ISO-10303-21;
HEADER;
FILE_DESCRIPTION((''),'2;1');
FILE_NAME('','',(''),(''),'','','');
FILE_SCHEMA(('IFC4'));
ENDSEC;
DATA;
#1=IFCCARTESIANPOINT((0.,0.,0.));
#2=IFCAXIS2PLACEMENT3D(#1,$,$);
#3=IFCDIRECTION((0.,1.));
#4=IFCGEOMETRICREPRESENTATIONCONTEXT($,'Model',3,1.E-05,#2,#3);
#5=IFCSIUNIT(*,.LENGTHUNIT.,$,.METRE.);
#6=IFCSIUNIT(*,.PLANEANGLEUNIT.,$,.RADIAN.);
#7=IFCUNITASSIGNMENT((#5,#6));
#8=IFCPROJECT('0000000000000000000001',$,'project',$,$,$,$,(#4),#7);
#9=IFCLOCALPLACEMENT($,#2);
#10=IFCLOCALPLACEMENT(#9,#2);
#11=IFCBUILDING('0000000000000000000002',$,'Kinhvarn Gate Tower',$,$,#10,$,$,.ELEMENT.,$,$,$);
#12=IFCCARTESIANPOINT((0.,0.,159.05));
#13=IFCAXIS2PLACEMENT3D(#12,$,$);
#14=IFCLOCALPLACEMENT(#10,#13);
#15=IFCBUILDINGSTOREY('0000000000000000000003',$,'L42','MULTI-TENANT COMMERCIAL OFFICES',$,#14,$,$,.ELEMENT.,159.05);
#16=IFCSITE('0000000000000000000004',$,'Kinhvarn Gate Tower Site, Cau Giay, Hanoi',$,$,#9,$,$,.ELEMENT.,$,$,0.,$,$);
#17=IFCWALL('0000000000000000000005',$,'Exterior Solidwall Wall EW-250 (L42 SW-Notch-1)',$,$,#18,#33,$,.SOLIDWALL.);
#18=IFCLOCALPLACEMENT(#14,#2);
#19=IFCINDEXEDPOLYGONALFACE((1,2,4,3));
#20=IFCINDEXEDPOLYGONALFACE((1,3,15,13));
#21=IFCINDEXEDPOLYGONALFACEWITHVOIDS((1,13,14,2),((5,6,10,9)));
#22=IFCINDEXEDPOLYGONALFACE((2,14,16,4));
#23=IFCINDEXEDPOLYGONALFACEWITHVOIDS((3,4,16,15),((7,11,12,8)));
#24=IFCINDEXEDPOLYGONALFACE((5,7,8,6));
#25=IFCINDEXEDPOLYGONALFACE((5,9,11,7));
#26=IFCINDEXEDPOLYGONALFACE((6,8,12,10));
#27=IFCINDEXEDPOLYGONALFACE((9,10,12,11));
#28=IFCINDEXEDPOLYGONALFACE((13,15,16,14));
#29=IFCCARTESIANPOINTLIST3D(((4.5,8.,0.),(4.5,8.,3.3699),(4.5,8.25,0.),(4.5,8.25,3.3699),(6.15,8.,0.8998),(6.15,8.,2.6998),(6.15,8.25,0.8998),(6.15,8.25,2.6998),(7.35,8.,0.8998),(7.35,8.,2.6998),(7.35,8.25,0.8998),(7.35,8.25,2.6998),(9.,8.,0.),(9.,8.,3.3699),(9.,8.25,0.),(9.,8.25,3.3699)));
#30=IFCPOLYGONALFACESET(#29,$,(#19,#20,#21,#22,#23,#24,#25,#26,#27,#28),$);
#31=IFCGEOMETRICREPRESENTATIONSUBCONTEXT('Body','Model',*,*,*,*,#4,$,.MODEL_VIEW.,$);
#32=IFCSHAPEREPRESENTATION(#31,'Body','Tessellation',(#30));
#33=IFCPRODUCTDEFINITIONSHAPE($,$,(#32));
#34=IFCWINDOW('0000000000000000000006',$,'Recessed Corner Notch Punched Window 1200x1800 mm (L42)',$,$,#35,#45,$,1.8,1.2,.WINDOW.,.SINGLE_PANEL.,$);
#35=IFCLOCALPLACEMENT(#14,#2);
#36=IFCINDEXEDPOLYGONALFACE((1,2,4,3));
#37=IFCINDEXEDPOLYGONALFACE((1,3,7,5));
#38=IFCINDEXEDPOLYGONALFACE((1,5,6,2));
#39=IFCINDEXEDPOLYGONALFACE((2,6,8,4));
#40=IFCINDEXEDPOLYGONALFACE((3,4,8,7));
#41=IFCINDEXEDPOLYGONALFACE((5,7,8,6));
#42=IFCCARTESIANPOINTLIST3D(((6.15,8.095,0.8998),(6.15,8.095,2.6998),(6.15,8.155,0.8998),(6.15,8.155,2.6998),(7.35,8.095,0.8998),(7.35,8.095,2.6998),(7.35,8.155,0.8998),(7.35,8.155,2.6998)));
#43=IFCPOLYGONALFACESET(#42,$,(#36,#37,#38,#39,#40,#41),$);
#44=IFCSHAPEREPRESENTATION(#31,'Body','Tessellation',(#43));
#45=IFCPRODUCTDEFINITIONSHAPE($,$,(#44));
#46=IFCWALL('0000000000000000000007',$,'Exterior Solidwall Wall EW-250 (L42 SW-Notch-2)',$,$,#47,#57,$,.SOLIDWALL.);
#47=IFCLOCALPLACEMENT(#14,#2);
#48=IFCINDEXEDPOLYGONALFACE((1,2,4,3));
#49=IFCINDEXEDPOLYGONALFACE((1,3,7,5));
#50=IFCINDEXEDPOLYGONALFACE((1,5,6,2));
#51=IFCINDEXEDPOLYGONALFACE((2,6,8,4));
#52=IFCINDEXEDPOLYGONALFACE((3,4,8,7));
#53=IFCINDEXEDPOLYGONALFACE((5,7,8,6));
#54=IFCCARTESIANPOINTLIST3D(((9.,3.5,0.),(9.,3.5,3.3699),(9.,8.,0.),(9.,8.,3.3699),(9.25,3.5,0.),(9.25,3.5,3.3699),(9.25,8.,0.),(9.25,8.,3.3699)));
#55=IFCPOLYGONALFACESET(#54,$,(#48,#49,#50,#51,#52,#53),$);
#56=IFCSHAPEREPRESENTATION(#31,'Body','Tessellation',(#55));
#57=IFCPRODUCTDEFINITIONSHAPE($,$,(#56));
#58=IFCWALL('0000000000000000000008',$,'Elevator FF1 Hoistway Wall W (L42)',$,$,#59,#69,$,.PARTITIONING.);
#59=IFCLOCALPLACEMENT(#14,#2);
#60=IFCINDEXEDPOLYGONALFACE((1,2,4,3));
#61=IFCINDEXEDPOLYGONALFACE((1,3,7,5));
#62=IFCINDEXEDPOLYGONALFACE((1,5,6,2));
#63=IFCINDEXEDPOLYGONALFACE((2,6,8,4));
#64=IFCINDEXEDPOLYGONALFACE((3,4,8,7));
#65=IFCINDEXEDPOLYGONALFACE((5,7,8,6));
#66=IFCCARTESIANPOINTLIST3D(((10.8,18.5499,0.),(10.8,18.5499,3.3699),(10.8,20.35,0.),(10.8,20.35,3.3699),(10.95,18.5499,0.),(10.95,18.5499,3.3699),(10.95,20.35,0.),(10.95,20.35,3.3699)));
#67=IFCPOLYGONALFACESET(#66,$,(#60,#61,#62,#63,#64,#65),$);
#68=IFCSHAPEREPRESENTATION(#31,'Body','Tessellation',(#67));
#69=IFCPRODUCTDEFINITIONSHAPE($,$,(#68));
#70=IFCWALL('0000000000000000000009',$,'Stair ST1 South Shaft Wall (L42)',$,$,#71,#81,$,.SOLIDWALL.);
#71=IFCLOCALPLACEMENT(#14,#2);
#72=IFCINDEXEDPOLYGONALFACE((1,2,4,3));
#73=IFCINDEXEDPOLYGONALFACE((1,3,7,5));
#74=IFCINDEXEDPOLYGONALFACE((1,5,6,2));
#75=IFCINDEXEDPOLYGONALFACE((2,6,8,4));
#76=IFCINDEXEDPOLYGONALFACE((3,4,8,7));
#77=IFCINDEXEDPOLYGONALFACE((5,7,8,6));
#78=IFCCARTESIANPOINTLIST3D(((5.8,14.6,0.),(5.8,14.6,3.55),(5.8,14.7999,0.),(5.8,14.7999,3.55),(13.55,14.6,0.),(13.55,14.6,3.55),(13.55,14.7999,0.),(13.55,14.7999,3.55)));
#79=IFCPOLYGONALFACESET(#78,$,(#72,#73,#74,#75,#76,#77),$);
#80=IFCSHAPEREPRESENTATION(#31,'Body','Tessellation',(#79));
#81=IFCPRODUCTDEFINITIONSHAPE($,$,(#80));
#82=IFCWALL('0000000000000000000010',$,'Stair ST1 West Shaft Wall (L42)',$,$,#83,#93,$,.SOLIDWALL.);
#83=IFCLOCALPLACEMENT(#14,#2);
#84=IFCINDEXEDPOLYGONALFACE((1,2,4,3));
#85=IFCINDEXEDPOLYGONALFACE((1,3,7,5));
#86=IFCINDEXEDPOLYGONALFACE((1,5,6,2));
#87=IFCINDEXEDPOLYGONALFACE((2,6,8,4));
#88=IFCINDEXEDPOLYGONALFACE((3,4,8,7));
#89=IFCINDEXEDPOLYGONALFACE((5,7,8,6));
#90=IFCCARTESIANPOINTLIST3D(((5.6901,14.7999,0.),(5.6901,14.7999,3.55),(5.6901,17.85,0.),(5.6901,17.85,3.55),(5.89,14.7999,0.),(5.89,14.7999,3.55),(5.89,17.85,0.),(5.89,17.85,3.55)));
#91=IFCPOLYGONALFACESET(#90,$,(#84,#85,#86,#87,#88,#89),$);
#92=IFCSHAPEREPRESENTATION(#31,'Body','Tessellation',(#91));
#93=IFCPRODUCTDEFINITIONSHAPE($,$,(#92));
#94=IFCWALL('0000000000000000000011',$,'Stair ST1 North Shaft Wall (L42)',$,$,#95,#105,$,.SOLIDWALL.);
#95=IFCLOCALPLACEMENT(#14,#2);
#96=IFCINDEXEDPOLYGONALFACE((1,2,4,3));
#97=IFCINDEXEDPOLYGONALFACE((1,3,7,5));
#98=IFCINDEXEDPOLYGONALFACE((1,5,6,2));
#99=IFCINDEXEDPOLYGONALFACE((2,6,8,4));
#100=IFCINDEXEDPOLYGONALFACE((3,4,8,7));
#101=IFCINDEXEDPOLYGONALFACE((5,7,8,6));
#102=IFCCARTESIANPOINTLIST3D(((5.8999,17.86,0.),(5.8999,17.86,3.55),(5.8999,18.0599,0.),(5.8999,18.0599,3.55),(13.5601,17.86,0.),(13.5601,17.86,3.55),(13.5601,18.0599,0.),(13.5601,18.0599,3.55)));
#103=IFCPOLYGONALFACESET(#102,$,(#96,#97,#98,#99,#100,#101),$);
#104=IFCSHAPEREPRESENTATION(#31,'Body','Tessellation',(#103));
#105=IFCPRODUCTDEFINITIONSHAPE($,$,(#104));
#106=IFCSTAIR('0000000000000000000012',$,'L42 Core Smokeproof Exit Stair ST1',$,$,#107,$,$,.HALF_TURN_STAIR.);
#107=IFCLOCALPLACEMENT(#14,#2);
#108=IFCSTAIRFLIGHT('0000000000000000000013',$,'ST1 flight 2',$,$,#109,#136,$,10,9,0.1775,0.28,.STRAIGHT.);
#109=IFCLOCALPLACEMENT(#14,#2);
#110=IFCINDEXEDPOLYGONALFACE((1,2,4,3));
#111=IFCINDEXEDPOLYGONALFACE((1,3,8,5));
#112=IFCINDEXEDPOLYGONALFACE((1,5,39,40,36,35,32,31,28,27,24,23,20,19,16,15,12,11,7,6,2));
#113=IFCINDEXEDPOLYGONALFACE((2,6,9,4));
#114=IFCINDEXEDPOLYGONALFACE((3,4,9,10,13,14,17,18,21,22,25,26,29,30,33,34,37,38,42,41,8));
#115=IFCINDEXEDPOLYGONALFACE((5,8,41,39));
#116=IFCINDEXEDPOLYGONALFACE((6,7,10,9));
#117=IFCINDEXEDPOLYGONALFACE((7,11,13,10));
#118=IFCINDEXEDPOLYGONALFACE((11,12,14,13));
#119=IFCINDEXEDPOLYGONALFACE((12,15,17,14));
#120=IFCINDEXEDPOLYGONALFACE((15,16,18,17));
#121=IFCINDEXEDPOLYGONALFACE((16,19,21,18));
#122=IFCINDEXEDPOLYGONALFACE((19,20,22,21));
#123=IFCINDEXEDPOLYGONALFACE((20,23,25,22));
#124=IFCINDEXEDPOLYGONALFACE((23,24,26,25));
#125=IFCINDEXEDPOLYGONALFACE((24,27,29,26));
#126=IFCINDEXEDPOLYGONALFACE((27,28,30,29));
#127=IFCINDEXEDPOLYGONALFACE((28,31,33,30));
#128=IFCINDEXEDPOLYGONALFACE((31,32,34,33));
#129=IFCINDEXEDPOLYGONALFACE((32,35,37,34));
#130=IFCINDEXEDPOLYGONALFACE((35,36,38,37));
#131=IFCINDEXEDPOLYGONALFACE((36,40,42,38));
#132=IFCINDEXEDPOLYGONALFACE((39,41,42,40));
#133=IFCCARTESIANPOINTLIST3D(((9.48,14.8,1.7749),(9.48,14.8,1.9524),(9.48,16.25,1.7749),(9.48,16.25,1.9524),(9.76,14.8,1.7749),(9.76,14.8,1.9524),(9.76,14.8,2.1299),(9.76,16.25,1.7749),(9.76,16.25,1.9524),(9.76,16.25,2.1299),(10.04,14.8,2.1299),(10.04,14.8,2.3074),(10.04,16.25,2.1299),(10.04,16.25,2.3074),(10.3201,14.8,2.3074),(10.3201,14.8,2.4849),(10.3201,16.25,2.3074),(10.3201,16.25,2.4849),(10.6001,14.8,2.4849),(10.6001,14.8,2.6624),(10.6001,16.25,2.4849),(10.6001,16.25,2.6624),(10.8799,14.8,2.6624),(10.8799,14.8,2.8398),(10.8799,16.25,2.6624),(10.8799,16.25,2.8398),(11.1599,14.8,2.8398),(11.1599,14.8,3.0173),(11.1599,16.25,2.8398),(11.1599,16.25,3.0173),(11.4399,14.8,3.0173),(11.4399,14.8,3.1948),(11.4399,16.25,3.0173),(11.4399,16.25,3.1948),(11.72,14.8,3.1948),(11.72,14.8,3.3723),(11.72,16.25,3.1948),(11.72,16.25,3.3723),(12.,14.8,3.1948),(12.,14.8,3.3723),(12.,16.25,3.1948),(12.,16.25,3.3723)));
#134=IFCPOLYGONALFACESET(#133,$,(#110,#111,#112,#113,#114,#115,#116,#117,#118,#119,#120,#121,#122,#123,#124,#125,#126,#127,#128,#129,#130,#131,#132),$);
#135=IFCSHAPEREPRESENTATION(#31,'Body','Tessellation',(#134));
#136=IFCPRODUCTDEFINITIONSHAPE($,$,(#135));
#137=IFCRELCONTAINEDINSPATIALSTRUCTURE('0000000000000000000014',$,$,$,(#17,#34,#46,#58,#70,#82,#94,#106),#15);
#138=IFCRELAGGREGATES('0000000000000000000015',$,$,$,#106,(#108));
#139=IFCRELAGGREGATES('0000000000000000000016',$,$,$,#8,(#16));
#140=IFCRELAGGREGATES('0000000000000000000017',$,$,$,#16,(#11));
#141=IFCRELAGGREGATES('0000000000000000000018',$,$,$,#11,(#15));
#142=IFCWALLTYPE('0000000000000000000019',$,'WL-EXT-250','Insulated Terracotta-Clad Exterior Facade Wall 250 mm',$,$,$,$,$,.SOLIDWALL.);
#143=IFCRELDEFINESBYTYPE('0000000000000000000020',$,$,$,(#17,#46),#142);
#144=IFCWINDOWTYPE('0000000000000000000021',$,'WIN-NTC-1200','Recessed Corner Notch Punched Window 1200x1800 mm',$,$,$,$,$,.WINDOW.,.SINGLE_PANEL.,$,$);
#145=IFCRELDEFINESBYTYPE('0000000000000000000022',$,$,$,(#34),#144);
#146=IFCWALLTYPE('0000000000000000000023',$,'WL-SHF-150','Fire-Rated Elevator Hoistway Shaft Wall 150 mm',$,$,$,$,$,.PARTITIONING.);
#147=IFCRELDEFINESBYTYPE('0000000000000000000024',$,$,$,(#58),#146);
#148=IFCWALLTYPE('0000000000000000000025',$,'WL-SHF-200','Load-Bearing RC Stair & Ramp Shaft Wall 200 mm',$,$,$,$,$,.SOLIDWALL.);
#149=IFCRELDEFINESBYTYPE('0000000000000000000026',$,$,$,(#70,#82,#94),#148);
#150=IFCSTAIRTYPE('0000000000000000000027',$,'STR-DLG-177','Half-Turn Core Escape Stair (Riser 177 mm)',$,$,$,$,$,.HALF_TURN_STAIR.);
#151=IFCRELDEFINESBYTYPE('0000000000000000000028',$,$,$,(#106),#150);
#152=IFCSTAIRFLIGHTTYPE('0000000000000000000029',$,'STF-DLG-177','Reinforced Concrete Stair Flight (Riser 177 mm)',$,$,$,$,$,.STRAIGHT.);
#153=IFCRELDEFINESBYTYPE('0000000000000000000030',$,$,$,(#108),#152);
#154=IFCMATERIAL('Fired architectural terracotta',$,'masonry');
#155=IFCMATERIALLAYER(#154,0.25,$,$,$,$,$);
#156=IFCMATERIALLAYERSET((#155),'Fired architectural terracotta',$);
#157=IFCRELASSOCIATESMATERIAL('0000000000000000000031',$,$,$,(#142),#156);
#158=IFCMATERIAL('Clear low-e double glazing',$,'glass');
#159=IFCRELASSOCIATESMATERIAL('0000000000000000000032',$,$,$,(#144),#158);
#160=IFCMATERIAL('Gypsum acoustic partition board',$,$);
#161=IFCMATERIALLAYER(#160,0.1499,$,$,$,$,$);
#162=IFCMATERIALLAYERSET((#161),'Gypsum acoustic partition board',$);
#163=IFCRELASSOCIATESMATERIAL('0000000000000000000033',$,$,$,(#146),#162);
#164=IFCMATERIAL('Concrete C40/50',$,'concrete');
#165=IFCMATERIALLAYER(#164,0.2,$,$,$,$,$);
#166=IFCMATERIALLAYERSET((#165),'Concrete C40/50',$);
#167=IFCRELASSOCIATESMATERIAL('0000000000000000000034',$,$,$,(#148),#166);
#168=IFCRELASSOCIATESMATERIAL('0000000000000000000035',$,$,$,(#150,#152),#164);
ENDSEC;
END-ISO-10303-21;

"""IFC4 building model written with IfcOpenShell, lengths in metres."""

from ifc_helpers import new_model, si_unit, direction, frame, frame_2d, origin, place, context, subcontext, project, spatial, polyline, rectangle, outline, extrude, material, layer, layer_set, type_object, element, fill, aggregate, save


model = new_model("IFC4")

# Units and contexts
model_context = context("Model", 3, precision=1e-05, world=origin(), true_north=direction((0.0, 1.0)))
body_context = subcontext(model_context, "Body", "Model", "MODEL_VIEW")
ifc_project = project(units=[si_unit("LENGTHUNIT", "METRE"), si_unit("PLANEANGLEUNIT", "RADIAN")], contexts=[model_context])

# Site, building, storey
site_placement = place(None, origin())
site = spatial("IfcSite", under=ifc_project, at=site_placement, Name="Kinhvarn Gate Tower Site, Cau Giay, Hanoi", CompositionType="ELEMENT", RefElevation=0.0)
building_placement = place(site_placement, origin())
building = spatial("IfcBuilding", under=site, at=building_placement, Name="Kinhvarn Gate Tower", CompositionType="ELEMENT")
storey_placement = place(building_placement, frame((0.0, 0.0, 159.05)))
storey = spatial("IfcBuildingStorey", under=building, at=storey_placement, Name="L42", Description="MULTI-TENANT COMMERCIAL OFFICES", CompositionType="ELEMENT", Elevation=159.05)

# Wall, opening, window
ifc_material_1 = material(Name="Fired architectural terracotta", Category="masonry")
ifc_layer_1 = layer(ifc_material_1, 0.25)
ifc_layer_set_1 = layer_set([ifc_layer_1], Name="Fired architectural terracotta")
wall_type_1 = type_object("IfcWallType", Name="WL-EXT-250", Description="Insulated Terracotta-Clad Exterior Facade Wall 250 mm", PredefinedType="SOLIDWALL", material=ifc_layer_set_1)
ifc_material_2 = material(Name="Clear low-e double glazing", Category="glass")
wall_1_placement = place(storey_placement, frame((4.5, 8.125, 0.0), z_axis=(0.0, 0.0, 1.0), x_axis=(1.0, 0.0, 0.0)))
wall_1 = element("IfcWall", 1, at=wall_1_placement, inside=storey, type_object=wall_type_1, Name="Exterior Solidwall Wall EW-250 (L42 SW-Notch-1)", PredefinedType="SOLIDWALL", context=body_context, shape_type="SweptSolid", body=[
    extrude(rectangle(XDim=4.5, YDim=0.25, at=frame_2d((2.25, 0.0))), origin(), (0.0, 0.0, 1.0), 3.3699),
])
opening_1_placement = place(wall_1_placement, frame((1.6499, 0.0, 0.8999)))
opening_1 = element("IfcOpeningElement", 2, at=opening_1_placement, cuts=wall_1, PredefinedType="OPENING", context=body_context, shape_type="SweptSolid", body=[
    extrude(rectangle(XDim=1.2, YDim=1.8, at=frame_2d((0.6001, 0.8999))), frame((0.0, 0.135, 0.0), z_axis=(0.0, -1.0, 0.0), x_axis=(1.0, 0.0, 0.0)), (0.0, 0.0, 1.0), 0.27),
])
window_type_1 = type_object("IfcWindowType", Name="WIN-NTC-1200", Description="Recessed Corner Notch Punched Window 1200x1800 mm", PartitioningType="SINGLE_PANEL", PredefinedType="WINDOW", material=ifc_material_2)
window_1_placement = place(opening_1_placement, origin())
window_1 = element("IfcWindow", 3, at=window_1_placement, inside=storey, type_object=window_type_1, Name="Recessed Corner Notch Punched Window 1200x1800 mm (L42)", OverallHeight=1.8, OverallWidth=1.2, PartitioningType="SINGLE_PANEL", PredefinedType="WINDOW", context=body_context, shape_type="SweptSolid", body=[
    extrude(rectangle(XDim=1.2, YDim=1.8, at=frame_2d((0.6001, 0.8999))), frame((0.0, 0.03, 0.0), z_axis=(0.0, -1.0, 0.0), x_axis=(1.0, 0.0, 0.0)), (0.0, 0.0, 1.0), 0.0601),
])
fill(opening_1, window_1)

# Walls
wall_2_placement = place(storey_placement, frame((9.125, 8.0, 0.0), z_axis=(0.0, 0.0, 1.0), x_axis=(0.0, -1.0, 0.0)))
element("IfcWall", 4, at=wall_2_placement, inside=storey, type_object=wall_type_1, Name="Exterior Solidwall Wall EW-250 (L42 SW-Notch-2)", PredefinedType="SOLIDWALL", context=body_context, shape_type="SweptSolid", body=[
    extrude(rectangle(XDim=4.5, YDim=0.25, at=frame_2d((2.25, 0.0))), origin(), (0.0, 0.0, 1.0), 3.3699),
])
ifc_material_3 = material(Name="Gypsum acoustic partition board")
ifc_layer_2 = layer(ifc_material_3, 0.1499)
ifc_layer_set_2 = layer_set([ifc_layer_2], Name="Gypsum acoustic partition board")
wall_type_2 = type_object("IfcWallType", Name="WL-SHF-150", Description="Fire-Rated Elevator Hoistway Shaft Wall 150 mm", PredefinedType="PARTITIONING", material=ifc_layer_set_2)
wall_3_placement = place(storey_placement, frame((10.875, 18.55, 0.0), z_axis=(0.0, 0.0, 1.0), x_axis=(0.0, 1.0, 0.0)))
element("IfcWall", 5, at=wall_3_placement, inside=storey, type_object=wall_type_2, Name="Elevator FF1 Hoistway Wall W (L42)", PredefinedType="PARTITIONING", context=body_context, shape_type="SweptSolid", body=[
    extrude(rectangle(XDim=1.8, YDim=0.1499, at=frame_2d((0.8999, 0.0))), origin(), (0.0, 0.0, 1.0), 3.3699),
])
ifc_material_4 = material(Name="Concrete C40/50", Category="concrete")
ifc_layer_3 = layer(ifc_material_4, 0.2)
ifc_layer_set_3 = layer_set([ifc_layer_3], Name="Concrete C40/50")
wall_type_3 = type_object("IfcWallType", Name="WL-SHF-200", Description="Load-Bearing RC Stair & Ramp Shaft Wall 200 mm", PredefinedType="SOLIDWALL", material=ifc_layer_set_3)
wall_4_placement = place(storey_placement, frame((5.8, 14.7, 0.0), z_axis=(0.0, 0.0, 1.0), x_axis=(1.0, 0.0, 0.0)))
element("IfcWall", 6, at=wall_4_placement, inside=storey, type_object=wall_type_3, Name="Stair ST1 South Shaft Wall (L42)", PredefinedType="SOLIDWALL", context=body_context, shape_type="SweptSolid", body=[
    extrude(rectangle(XDim=7.75, YDim=0.2, at=frame_2d((3.875, 0.0))), origin(), (0.0, 0.0, 1.0), 3.55),
])
wall_5_placement = place(storey_placement, frame((5.79, 14.8, 0.0), z_axis=(0.0, 0.0, 1.0), x_axis=(0.0, 1.0, 0.0)))
element("IfcWall", 7, at=wall_5_placement, inside=storey, type_object=wall_type_3, Name="Stair ST1 West Shaft Wall (L42)", PredefinedType="SOLIDWALL", context=body_context, shape_type="SweptSolid", body=[
    extrude(rectangle(XDim=3.05, YDim=0.2, at=frame_2d((1.5249, 0.0))), origin(), (0.0, 0.0, 1.0), 3.55),
])
wall_6_placement = place(storey_placement, frame((5.8999, 17.96, 0.0), z_axis=(0.0, 0.0, 1.0), x_axis=(1.0, 0.0, 0.0)))
element("IfcWall", 8, at=wall_6_placement, inside=storey, type_object=wall_type_3, Name="Stair ST1 North Shaft Wall (L42)", PredefinedType="SOLIDWALL", context=body_context, shape_type="SweptSolid", body=[
    extrude(rectangle(XDim=7.6602, YDim=0.2, at=frame_2d((3.8301, 0.0))), origin(), (0.0, 0.0, 1.0), 3.55),
])

# Stair, stair flight
stair_type = type_object("IfcStairType", Name="STR-DLG-177", Description="Half-Turn Core Escape Stair (Riser 177 mm)", PredefinedType="HALF_TURN_STAIR", material=ifc_material_4)
stair_placement = place(storey_placement, origin())
stair = element("IfcStair", 9, at=stair_placement, inside=storey, type_object=stair_type, Name="L42 Core Smokeproof Exit Stair ST1", PredefinedType="HALF_TURN_STAIR")
stair_flight_type = type_object("IfcStairFlightType", Name="STF-DLG-177", Description="Reinforced Concrete Stair Flight (Riser 177 mm)", PredefinedType="STRAIGHT", material=ifc_material_4)
stair_flight_placement = place(storey_placement, frame((9.48, 15.5249, 1.7749), z_axis=(0.0, 0.0, 1.0), x_axis=(1.0, 0.0, 0.0)))
stair_flight = element("IfcStairFlight", 10, at=stair_flight_placement, type_object=stair_flight_type, Name="ST1 flight 2", NumberOfRisers=10, NumberOfTreads=9, PredefinedType="STRAIGHT", RiserHeight=0.1775, TreadLength=0.28, context=body_context, shape_type="SweptSolid", body=[
    extrude(outline(polyline([(0.0, 0.0), (0.0, 0.1775), (0.28, 0.1775), (0.28, 0.355), (0.5601, 0.355), (0.5601, 0.5325), (0.8401, 0.5325), (0.8401, 0.71), (1.1201, 0.71), (1.1201, 0.8875), (1.3999, 0.8875), (1.3999, 1.0649), (1.6799, 1.0649), (1.6799, 1.2424), (1.96, 1.2424), (1.96, 1.4199), (2.24, 1.4199), (2.24, 1.5974), (2.52, 1.5974), (2.52, 1.7749), (2.52, 1.4199), (0.28, 0.0), (0.0, 0.0)])), frame((0.0, 0.7251, 0.0), z_axis=(0.0, -1.0, 0.0), x_axis=(1.0, 0.0, 0.0)), (0.0, 0.0, 1.0), 1.45),
])
aggregate(stair, [stair_flight])

save(model, "model.ifc")
